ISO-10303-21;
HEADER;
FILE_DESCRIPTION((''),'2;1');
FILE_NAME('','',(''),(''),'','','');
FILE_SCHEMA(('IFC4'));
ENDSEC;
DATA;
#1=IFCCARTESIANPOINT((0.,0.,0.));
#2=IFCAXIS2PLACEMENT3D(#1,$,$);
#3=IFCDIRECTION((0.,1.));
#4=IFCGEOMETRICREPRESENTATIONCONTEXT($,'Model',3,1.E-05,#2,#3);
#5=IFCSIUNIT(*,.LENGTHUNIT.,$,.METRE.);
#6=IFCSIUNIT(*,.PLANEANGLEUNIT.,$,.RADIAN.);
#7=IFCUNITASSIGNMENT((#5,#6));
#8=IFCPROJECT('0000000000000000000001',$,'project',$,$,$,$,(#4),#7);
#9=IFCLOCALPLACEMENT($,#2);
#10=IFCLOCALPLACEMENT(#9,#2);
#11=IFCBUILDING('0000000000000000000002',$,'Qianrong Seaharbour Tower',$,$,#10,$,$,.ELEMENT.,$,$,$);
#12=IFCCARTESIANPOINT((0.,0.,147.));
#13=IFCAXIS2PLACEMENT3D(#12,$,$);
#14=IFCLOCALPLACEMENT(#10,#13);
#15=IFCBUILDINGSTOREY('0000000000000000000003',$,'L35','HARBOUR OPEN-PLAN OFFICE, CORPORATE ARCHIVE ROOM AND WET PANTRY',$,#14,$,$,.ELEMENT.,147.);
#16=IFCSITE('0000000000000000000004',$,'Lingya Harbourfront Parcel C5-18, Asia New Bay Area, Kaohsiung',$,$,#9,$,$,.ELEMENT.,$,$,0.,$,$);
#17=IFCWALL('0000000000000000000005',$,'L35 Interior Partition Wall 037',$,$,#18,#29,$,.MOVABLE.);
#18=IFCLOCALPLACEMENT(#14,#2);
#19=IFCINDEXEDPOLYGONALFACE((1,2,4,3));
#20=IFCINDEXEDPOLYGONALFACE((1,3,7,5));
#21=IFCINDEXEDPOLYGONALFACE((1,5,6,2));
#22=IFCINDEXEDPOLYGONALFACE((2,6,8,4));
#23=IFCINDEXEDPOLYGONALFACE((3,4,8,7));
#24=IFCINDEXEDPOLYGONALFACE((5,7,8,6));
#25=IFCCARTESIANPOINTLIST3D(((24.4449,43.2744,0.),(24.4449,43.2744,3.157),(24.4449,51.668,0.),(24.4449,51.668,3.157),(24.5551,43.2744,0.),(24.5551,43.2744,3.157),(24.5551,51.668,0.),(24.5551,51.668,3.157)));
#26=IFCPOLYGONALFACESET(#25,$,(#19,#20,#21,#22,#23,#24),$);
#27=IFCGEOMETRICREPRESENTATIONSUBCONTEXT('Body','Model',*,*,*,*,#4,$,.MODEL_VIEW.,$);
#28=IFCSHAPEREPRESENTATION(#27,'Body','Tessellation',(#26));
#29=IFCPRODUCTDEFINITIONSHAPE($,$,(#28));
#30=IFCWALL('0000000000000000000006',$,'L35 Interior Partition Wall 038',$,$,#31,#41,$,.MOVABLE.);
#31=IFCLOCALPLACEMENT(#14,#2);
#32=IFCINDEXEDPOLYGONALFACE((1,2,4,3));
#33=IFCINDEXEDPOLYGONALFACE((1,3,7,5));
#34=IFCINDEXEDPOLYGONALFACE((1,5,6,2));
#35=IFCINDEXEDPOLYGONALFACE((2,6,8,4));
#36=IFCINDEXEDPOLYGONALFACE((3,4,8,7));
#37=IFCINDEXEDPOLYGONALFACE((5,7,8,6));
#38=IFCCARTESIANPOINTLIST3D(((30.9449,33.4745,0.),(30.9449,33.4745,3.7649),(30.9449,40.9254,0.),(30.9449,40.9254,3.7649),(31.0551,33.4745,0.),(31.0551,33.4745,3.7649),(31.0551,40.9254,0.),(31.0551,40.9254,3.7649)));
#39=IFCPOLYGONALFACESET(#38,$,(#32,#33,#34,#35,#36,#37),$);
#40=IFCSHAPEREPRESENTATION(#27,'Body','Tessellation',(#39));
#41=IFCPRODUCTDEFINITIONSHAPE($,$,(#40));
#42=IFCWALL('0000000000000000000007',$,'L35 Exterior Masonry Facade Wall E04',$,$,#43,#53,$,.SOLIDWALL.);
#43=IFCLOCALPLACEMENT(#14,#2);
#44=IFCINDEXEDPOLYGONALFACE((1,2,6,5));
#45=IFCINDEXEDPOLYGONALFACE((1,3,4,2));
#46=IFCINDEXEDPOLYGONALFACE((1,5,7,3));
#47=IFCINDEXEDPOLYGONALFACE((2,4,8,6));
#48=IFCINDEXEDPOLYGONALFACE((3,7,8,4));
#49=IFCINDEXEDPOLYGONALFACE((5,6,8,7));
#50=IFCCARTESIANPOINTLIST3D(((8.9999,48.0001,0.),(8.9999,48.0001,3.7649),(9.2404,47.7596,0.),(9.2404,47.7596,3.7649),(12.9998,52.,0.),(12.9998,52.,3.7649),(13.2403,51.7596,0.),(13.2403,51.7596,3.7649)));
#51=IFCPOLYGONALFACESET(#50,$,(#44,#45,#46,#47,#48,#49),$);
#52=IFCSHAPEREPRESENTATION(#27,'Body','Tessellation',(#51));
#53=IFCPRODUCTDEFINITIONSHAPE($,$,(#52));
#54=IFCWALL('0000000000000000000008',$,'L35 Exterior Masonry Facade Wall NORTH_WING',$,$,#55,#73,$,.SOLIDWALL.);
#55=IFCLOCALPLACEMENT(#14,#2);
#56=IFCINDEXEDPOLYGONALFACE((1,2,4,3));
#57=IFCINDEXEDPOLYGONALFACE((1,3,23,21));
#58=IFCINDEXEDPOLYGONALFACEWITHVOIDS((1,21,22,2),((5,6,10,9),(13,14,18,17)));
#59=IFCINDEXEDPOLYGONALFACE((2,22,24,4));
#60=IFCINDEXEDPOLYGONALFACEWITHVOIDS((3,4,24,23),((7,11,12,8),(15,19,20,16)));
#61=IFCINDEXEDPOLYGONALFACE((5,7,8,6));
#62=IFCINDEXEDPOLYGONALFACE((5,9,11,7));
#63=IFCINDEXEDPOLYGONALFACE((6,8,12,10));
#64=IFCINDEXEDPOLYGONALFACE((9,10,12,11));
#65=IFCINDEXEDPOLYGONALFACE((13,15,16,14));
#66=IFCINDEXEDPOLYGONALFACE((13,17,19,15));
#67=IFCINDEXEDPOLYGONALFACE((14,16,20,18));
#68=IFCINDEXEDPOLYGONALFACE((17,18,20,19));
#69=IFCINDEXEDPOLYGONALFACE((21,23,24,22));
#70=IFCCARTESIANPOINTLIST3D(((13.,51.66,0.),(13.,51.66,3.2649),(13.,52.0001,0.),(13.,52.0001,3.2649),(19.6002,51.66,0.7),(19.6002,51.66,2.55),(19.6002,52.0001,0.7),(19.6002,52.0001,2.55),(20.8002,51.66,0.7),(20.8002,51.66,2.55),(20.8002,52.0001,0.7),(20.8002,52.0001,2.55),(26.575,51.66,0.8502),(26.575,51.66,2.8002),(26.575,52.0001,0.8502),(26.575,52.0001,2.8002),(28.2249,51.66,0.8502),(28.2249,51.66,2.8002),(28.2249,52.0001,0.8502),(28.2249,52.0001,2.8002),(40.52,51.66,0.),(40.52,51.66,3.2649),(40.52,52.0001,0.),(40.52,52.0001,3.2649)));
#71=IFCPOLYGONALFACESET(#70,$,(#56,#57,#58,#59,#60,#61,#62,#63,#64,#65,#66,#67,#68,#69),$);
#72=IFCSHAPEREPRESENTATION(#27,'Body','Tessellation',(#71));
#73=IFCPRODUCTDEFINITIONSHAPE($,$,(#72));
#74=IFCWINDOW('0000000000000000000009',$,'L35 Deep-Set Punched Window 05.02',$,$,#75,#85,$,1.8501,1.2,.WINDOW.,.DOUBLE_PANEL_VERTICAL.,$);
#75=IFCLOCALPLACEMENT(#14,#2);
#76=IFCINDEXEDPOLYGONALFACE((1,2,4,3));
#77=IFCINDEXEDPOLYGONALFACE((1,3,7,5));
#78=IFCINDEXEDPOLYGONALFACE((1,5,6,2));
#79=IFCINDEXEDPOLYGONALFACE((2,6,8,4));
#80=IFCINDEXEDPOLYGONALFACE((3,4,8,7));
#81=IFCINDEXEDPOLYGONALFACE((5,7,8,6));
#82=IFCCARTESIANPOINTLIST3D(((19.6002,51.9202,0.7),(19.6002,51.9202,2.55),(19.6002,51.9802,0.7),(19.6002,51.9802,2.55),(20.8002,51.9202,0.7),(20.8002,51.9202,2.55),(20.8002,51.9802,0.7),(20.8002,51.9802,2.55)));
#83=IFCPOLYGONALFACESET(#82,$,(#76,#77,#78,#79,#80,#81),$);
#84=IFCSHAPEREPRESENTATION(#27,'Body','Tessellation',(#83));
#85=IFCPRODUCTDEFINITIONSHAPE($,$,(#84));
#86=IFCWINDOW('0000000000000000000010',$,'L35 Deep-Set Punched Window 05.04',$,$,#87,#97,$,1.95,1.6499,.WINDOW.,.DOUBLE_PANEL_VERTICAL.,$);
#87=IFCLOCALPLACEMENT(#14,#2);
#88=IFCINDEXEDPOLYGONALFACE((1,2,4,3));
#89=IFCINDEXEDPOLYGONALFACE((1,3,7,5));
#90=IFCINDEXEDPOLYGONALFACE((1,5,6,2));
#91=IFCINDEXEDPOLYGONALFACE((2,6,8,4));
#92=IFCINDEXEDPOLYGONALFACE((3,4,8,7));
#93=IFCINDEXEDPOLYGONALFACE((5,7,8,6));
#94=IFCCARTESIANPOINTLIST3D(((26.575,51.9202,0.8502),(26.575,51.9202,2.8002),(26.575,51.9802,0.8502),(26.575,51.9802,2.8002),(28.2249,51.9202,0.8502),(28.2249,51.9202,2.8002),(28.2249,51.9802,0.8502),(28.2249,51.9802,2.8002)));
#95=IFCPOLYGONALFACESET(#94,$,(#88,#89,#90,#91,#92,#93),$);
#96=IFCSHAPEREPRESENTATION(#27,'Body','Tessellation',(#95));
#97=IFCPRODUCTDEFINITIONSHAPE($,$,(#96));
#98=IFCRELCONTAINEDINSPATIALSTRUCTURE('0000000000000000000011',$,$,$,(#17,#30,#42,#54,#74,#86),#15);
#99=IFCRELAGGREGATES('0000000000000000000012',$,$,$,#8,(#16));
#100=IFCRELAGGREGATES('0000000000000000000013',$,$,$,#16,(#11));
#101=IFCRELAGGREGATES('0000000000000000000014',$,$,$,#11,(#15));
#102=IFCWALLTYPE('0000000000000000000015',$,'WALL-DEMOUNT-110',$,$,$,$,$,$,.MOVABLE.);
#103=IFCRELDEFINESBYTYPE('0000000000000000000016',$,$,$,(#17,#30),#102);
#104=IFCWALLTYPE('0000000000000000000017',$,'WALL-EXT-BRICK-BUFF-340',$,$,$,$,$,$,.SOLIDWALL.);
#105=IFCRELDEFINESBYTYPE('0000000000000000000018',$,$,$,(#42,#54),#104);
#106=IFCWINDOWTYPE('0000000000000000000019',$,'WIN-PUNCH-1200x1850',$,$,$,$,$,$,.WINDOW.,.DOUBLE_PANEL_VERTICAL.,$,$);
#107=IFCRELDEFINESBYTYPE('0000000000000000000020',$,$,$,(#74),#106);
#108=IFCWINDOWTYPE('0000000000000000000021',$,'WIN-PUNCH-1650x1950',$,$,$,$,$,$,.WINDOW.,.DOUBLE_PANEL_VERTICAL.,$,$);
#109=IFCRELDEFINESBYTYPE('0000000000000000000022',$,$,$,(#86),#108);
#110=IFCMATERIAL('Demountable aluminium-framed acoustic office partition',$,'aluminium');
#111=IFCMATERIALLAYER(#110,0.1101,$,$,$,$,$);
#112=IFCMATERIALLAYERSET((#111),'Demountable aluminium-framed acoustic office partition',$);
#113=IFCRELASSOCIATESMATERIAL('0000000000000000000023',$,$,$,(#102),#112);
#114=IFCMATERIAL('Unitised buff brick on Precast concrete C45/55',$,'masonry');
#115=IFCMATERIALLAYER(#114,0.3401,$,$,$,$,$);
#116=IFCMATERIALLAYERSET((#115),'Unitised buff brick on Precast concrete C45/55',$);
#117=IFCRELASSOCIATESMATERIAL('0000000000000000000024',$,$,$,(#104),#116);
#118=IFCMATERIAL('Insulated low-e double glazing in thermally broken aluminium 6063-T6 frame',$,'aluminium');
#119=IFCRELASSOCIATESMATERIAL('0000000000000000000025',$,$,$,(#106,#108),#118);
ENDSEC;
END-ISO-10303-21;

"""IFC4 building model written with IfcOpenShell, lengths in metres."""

from ifc_helpers import new_model, si_unit, direction, frame, frame_2d, origin, place, context, subcontext, project, spatial, rectangle, extrude, material, layer, layer_set, type_object, element, fill, save


model = new_model("IFC4")

# Units and contexts
model_context = context("Model", 3, precision=1e-05, world=origin(), true_north=direction((0.0, 1.0)))
body_context = subcontext(model_context, "Body", "Model", "MODEL_VIEW")
ifc_project = project(units=[si_unit("LENGTHUNIT", "METRE"), si_unit("PLANEANGLEUNIT", "RADIAN")], contexts=[model_context])

# Site, building, storey
site_placement = place(None, origin())
site = spatial("IfcSite", under=ifc_project, at=site_placement, Name="Lingya Harbourfront Parcel C5-18, Asia New Bay Area, Kaohsiung", CompositionType="ELEMENT", RefElevation=0.0)
building_placement = place(site_placement, origin())
building = spatial("IfcBuilding", under=site, at=building_placement, Name="Qianrong Seaharbour Tower", CompositionType="ELEMENT")
storey_placement = place(building_placement, frame((0.0, 0.0, 147.0)))
storey = spatial("IfcBuildingStorey", under=building, at=storey_placement, Name="L35", Description="HARBOUR OPEN-PLAN OFFICE, CORPORATE ARCHIVE ROOM AND WET PANTRY", CompositionType="ELEMENT", Elevation=147.0)

# Walls
ifc_material_1 = material(Name="Demountable aluminium-framed acoustic office partition", Category="aluminium")
ifc_layer_1 = layer(ifc_material_1, 0.1101)
ifc_layer_set_1 = layer_set([ifc_layer_1], Name="Demountable aluminium-framed acoustic office partition")
wall_type_1 = type_object("IfcWallType", Name="WALL-DEMOUNT-110", PredefinedType="MOVABLE", material=ifc_layer_set_1)
wall_1_placement = place(storey_placement, frame((24.5, 51.668, 0.0), z_axis=(0.0, 0.0, 1.0), x_axis=(0.0, -1.0, 0.0)))
element("IfcWall", 1, at=wall_1_placement, inside=storey, type_object=wall_type_1, Name="L35 Interior Partition Wall 037", PredefinedType="MOVABLE", context=body_context, shape_type="SweptSolid", body=[
    extrude(rectangle(XDim=8.3936, YDim=0.1101, at=frame_2d((4.1968, 0.0))), origin(), (0.0, 0.0, 1.0), 3.157),
])
wall_2_placement = place(storey_placement, frame((31.0, 40.9255, 0.0), z_axis=(0.0, 0.0, 1.0), x_axis=(0.0, -1.0, 0.0)))
element("IfcWall", 2, at=wall_2_placement, inside=storey, type_object=wall_type_1, Name="L35 Interior Partition Wall 038", PredefinedType="MOVABLE", context=body_context, shape_type="SweptSolid", body=[
    extrude(rectangle(XDim=7.4509, YDim=0.1101, at=frame_2d((3.7256, 0.0))), origin(), (0.0, 0.0, 1.0), 3.7649),
])
ifc_material_2 = material(Name="Unitised buff brick on Precast concrete C45/55", Category="masonry")
ifc_layer_2 = layer(ifc_material_2, 0.3401)
ifc_layer_set_2 = layer_set([ifc_layer_2], Name="Unitised buff brick on Precast concrete C45/55")
wall_type_2 = type_object("IfcWallType", Name="WALL-EXT-BRICK-BUFF-340", PredefinedType="SOLIDWALL", material=ifc_layer_set_2)
wall_3_placement = place(storey_placement, frame((9.1201, 47.8799, 0.0), z_axis=(0.0, 0.0, 1.0), x_axis=(0.707107, 0.707107, 0.0)))
element("IfcWall", 3, at=wall_3_placement, inside=storey, type_object=wall_type_2, Name="L35 Exterior Masonry Facade Wall E04", PredefinedType="SOLIDWALL", context=body_context, shape_type="SweptSolid", body=[
    extrude(rectangle(XDim=5.6567, YDim=0.3401, at=frame_2d((2.8284, 0.0))), origin(), (0.0, 0.0, 1.0), 3.7649),
])

# Wall, openings, windows
wall_4_placement = place(storey_placement, frame((13.0, 51.8301, 0.0), z_axis=(0.0, 0.0, 1.0), x_axis=(1.0, 0.0, 0.0)))
wall_4 = element("IfcWall", 4, at=wall_4_placement, inside=storey, type_object=wall_type_2, Name="L35 Exterior Masonry Facade Wall NORTH_WING", PredefinedType="SOLIDWALL", context=body_context, shape_type="SweptSolid", body=[
    extrude(rectangle(XDim=27.52, YDim=0.3401, at=frame_2d((13.76, 0.0))), origin(), (0.0, 0.0, 1.0), 3.2649),
])
opening_1_placement = place(wall_4_placement, frame((6.6001, 0.0, 0.7)))
opening_1 = element("IfcOpeningElement", 5, at=opening_1_placement, cuts=wall_4, PredefinedType="OPENING", context=body_context, shape_type="SweptSolid", body=[
    extrude(rectangle(XDim=1.2, YDim=1.8501, at=frame_2d((0.6001, 0.925))), frame((0.0, 0.1802, 0.0), z_axis=(0.0, -1.0, 0.0), x_axis=(1.0, 0.0, 0.0)), (0.0, 0.0, 1.0), 0.3601),
])
opening_2_placement = place(wall_4_placement, frame((13.575, 0.0, 0.8501)))
opening_2 = element("IfcOpeningElement", 6, at=opening_2_placement, cuts=wall_4, PredefinedType="OPENING", context=body_context, shape_type="SweptSolid", body=[
    extrude(rectangle(XDim=1.6499, YDim=1.95, at=frame_2d((0.825, 0.9751))), frame((0.0, 0.1802, 0.0), z_axis=(0.0, -1.0, 0.0), x_axis=(1.0, 0.0, 0.0)), (0.0, 0.0, 1.0), 0.3601),
])
ifc_material_3 = material(Name="Insulated low-e double glazing in thermally broken aluminium 6063-T6 frame", Category="aluminium")
window_type_1 = type_object("IfcWindowType", Name="WIN-PUNCH-1200x1850", PartitioningType="DOUBLE_PANEL_VERTICAL", PredefinedType="WINDOW", material=ifc_material_3)
window_1_placement = place(opening_1_placement, origin())
window_1 = element("IfcWindow", 7, at=window_1_placement, inside=storey, type_object=window_type_1, Name="L35 Deep-Set Punched Window 05.02", OverallHeight=1.8501, OverallWidth=1.2, PartitioningType="DOUBLE_PANEL_VERTICAL", PredefinedType="WINDOW", context=body_context, shape_type="SweptSolid", body=[
    extrude(rectangle(XDim=1.2, YDim=1.8501, at=frame_2d((0.6001, 0.925))), frame((0.0, 0.1501, 0.0), z_axis=(0.0, -1.0, 0.0), x_axis=(1.0, 0.0, 0.0)), (0.0, 0.0, 1.0), 0.0601),
])
fill(opening_1, window_1)
window_type_2 = type_object("IfcWindowType", Name="WIN-PUNCH-1650x1950", PartitioningType="DOUBLE_PANEL_VERTICAL", PredefinedType="WINDOW", material=ifc_material_3)
window_2_placement = place(opening_2_placement, origin())
window_2 = element("IfcWindow", 8, at=window_2_placement, inside=storey, type_object=window_type_2, Name="L35 Deep-Set Punched Window 05.04", OverallHeight=1.95, OverallWidth=1.6499, PartitioningType="DOUBLE_PANEL_VERTICAL", PredefinedType="WINDOW", context=body_context, shape_type="SweptSolid", body=[
    extrude(rectangle(XDim=1.6499, YDim=1.95, at=frame_2d((0.825, 0.9751))), frame((0.0, 0.1501, 0.0), z_axis=(0.0, -1.0, 0.0), x_axis=(1.0, 0.0, 0.0)), (0.0, 0.0, 1.0), 0.0601),
])
fill(opening_2, window_2)

save(model, "model.ifc")
